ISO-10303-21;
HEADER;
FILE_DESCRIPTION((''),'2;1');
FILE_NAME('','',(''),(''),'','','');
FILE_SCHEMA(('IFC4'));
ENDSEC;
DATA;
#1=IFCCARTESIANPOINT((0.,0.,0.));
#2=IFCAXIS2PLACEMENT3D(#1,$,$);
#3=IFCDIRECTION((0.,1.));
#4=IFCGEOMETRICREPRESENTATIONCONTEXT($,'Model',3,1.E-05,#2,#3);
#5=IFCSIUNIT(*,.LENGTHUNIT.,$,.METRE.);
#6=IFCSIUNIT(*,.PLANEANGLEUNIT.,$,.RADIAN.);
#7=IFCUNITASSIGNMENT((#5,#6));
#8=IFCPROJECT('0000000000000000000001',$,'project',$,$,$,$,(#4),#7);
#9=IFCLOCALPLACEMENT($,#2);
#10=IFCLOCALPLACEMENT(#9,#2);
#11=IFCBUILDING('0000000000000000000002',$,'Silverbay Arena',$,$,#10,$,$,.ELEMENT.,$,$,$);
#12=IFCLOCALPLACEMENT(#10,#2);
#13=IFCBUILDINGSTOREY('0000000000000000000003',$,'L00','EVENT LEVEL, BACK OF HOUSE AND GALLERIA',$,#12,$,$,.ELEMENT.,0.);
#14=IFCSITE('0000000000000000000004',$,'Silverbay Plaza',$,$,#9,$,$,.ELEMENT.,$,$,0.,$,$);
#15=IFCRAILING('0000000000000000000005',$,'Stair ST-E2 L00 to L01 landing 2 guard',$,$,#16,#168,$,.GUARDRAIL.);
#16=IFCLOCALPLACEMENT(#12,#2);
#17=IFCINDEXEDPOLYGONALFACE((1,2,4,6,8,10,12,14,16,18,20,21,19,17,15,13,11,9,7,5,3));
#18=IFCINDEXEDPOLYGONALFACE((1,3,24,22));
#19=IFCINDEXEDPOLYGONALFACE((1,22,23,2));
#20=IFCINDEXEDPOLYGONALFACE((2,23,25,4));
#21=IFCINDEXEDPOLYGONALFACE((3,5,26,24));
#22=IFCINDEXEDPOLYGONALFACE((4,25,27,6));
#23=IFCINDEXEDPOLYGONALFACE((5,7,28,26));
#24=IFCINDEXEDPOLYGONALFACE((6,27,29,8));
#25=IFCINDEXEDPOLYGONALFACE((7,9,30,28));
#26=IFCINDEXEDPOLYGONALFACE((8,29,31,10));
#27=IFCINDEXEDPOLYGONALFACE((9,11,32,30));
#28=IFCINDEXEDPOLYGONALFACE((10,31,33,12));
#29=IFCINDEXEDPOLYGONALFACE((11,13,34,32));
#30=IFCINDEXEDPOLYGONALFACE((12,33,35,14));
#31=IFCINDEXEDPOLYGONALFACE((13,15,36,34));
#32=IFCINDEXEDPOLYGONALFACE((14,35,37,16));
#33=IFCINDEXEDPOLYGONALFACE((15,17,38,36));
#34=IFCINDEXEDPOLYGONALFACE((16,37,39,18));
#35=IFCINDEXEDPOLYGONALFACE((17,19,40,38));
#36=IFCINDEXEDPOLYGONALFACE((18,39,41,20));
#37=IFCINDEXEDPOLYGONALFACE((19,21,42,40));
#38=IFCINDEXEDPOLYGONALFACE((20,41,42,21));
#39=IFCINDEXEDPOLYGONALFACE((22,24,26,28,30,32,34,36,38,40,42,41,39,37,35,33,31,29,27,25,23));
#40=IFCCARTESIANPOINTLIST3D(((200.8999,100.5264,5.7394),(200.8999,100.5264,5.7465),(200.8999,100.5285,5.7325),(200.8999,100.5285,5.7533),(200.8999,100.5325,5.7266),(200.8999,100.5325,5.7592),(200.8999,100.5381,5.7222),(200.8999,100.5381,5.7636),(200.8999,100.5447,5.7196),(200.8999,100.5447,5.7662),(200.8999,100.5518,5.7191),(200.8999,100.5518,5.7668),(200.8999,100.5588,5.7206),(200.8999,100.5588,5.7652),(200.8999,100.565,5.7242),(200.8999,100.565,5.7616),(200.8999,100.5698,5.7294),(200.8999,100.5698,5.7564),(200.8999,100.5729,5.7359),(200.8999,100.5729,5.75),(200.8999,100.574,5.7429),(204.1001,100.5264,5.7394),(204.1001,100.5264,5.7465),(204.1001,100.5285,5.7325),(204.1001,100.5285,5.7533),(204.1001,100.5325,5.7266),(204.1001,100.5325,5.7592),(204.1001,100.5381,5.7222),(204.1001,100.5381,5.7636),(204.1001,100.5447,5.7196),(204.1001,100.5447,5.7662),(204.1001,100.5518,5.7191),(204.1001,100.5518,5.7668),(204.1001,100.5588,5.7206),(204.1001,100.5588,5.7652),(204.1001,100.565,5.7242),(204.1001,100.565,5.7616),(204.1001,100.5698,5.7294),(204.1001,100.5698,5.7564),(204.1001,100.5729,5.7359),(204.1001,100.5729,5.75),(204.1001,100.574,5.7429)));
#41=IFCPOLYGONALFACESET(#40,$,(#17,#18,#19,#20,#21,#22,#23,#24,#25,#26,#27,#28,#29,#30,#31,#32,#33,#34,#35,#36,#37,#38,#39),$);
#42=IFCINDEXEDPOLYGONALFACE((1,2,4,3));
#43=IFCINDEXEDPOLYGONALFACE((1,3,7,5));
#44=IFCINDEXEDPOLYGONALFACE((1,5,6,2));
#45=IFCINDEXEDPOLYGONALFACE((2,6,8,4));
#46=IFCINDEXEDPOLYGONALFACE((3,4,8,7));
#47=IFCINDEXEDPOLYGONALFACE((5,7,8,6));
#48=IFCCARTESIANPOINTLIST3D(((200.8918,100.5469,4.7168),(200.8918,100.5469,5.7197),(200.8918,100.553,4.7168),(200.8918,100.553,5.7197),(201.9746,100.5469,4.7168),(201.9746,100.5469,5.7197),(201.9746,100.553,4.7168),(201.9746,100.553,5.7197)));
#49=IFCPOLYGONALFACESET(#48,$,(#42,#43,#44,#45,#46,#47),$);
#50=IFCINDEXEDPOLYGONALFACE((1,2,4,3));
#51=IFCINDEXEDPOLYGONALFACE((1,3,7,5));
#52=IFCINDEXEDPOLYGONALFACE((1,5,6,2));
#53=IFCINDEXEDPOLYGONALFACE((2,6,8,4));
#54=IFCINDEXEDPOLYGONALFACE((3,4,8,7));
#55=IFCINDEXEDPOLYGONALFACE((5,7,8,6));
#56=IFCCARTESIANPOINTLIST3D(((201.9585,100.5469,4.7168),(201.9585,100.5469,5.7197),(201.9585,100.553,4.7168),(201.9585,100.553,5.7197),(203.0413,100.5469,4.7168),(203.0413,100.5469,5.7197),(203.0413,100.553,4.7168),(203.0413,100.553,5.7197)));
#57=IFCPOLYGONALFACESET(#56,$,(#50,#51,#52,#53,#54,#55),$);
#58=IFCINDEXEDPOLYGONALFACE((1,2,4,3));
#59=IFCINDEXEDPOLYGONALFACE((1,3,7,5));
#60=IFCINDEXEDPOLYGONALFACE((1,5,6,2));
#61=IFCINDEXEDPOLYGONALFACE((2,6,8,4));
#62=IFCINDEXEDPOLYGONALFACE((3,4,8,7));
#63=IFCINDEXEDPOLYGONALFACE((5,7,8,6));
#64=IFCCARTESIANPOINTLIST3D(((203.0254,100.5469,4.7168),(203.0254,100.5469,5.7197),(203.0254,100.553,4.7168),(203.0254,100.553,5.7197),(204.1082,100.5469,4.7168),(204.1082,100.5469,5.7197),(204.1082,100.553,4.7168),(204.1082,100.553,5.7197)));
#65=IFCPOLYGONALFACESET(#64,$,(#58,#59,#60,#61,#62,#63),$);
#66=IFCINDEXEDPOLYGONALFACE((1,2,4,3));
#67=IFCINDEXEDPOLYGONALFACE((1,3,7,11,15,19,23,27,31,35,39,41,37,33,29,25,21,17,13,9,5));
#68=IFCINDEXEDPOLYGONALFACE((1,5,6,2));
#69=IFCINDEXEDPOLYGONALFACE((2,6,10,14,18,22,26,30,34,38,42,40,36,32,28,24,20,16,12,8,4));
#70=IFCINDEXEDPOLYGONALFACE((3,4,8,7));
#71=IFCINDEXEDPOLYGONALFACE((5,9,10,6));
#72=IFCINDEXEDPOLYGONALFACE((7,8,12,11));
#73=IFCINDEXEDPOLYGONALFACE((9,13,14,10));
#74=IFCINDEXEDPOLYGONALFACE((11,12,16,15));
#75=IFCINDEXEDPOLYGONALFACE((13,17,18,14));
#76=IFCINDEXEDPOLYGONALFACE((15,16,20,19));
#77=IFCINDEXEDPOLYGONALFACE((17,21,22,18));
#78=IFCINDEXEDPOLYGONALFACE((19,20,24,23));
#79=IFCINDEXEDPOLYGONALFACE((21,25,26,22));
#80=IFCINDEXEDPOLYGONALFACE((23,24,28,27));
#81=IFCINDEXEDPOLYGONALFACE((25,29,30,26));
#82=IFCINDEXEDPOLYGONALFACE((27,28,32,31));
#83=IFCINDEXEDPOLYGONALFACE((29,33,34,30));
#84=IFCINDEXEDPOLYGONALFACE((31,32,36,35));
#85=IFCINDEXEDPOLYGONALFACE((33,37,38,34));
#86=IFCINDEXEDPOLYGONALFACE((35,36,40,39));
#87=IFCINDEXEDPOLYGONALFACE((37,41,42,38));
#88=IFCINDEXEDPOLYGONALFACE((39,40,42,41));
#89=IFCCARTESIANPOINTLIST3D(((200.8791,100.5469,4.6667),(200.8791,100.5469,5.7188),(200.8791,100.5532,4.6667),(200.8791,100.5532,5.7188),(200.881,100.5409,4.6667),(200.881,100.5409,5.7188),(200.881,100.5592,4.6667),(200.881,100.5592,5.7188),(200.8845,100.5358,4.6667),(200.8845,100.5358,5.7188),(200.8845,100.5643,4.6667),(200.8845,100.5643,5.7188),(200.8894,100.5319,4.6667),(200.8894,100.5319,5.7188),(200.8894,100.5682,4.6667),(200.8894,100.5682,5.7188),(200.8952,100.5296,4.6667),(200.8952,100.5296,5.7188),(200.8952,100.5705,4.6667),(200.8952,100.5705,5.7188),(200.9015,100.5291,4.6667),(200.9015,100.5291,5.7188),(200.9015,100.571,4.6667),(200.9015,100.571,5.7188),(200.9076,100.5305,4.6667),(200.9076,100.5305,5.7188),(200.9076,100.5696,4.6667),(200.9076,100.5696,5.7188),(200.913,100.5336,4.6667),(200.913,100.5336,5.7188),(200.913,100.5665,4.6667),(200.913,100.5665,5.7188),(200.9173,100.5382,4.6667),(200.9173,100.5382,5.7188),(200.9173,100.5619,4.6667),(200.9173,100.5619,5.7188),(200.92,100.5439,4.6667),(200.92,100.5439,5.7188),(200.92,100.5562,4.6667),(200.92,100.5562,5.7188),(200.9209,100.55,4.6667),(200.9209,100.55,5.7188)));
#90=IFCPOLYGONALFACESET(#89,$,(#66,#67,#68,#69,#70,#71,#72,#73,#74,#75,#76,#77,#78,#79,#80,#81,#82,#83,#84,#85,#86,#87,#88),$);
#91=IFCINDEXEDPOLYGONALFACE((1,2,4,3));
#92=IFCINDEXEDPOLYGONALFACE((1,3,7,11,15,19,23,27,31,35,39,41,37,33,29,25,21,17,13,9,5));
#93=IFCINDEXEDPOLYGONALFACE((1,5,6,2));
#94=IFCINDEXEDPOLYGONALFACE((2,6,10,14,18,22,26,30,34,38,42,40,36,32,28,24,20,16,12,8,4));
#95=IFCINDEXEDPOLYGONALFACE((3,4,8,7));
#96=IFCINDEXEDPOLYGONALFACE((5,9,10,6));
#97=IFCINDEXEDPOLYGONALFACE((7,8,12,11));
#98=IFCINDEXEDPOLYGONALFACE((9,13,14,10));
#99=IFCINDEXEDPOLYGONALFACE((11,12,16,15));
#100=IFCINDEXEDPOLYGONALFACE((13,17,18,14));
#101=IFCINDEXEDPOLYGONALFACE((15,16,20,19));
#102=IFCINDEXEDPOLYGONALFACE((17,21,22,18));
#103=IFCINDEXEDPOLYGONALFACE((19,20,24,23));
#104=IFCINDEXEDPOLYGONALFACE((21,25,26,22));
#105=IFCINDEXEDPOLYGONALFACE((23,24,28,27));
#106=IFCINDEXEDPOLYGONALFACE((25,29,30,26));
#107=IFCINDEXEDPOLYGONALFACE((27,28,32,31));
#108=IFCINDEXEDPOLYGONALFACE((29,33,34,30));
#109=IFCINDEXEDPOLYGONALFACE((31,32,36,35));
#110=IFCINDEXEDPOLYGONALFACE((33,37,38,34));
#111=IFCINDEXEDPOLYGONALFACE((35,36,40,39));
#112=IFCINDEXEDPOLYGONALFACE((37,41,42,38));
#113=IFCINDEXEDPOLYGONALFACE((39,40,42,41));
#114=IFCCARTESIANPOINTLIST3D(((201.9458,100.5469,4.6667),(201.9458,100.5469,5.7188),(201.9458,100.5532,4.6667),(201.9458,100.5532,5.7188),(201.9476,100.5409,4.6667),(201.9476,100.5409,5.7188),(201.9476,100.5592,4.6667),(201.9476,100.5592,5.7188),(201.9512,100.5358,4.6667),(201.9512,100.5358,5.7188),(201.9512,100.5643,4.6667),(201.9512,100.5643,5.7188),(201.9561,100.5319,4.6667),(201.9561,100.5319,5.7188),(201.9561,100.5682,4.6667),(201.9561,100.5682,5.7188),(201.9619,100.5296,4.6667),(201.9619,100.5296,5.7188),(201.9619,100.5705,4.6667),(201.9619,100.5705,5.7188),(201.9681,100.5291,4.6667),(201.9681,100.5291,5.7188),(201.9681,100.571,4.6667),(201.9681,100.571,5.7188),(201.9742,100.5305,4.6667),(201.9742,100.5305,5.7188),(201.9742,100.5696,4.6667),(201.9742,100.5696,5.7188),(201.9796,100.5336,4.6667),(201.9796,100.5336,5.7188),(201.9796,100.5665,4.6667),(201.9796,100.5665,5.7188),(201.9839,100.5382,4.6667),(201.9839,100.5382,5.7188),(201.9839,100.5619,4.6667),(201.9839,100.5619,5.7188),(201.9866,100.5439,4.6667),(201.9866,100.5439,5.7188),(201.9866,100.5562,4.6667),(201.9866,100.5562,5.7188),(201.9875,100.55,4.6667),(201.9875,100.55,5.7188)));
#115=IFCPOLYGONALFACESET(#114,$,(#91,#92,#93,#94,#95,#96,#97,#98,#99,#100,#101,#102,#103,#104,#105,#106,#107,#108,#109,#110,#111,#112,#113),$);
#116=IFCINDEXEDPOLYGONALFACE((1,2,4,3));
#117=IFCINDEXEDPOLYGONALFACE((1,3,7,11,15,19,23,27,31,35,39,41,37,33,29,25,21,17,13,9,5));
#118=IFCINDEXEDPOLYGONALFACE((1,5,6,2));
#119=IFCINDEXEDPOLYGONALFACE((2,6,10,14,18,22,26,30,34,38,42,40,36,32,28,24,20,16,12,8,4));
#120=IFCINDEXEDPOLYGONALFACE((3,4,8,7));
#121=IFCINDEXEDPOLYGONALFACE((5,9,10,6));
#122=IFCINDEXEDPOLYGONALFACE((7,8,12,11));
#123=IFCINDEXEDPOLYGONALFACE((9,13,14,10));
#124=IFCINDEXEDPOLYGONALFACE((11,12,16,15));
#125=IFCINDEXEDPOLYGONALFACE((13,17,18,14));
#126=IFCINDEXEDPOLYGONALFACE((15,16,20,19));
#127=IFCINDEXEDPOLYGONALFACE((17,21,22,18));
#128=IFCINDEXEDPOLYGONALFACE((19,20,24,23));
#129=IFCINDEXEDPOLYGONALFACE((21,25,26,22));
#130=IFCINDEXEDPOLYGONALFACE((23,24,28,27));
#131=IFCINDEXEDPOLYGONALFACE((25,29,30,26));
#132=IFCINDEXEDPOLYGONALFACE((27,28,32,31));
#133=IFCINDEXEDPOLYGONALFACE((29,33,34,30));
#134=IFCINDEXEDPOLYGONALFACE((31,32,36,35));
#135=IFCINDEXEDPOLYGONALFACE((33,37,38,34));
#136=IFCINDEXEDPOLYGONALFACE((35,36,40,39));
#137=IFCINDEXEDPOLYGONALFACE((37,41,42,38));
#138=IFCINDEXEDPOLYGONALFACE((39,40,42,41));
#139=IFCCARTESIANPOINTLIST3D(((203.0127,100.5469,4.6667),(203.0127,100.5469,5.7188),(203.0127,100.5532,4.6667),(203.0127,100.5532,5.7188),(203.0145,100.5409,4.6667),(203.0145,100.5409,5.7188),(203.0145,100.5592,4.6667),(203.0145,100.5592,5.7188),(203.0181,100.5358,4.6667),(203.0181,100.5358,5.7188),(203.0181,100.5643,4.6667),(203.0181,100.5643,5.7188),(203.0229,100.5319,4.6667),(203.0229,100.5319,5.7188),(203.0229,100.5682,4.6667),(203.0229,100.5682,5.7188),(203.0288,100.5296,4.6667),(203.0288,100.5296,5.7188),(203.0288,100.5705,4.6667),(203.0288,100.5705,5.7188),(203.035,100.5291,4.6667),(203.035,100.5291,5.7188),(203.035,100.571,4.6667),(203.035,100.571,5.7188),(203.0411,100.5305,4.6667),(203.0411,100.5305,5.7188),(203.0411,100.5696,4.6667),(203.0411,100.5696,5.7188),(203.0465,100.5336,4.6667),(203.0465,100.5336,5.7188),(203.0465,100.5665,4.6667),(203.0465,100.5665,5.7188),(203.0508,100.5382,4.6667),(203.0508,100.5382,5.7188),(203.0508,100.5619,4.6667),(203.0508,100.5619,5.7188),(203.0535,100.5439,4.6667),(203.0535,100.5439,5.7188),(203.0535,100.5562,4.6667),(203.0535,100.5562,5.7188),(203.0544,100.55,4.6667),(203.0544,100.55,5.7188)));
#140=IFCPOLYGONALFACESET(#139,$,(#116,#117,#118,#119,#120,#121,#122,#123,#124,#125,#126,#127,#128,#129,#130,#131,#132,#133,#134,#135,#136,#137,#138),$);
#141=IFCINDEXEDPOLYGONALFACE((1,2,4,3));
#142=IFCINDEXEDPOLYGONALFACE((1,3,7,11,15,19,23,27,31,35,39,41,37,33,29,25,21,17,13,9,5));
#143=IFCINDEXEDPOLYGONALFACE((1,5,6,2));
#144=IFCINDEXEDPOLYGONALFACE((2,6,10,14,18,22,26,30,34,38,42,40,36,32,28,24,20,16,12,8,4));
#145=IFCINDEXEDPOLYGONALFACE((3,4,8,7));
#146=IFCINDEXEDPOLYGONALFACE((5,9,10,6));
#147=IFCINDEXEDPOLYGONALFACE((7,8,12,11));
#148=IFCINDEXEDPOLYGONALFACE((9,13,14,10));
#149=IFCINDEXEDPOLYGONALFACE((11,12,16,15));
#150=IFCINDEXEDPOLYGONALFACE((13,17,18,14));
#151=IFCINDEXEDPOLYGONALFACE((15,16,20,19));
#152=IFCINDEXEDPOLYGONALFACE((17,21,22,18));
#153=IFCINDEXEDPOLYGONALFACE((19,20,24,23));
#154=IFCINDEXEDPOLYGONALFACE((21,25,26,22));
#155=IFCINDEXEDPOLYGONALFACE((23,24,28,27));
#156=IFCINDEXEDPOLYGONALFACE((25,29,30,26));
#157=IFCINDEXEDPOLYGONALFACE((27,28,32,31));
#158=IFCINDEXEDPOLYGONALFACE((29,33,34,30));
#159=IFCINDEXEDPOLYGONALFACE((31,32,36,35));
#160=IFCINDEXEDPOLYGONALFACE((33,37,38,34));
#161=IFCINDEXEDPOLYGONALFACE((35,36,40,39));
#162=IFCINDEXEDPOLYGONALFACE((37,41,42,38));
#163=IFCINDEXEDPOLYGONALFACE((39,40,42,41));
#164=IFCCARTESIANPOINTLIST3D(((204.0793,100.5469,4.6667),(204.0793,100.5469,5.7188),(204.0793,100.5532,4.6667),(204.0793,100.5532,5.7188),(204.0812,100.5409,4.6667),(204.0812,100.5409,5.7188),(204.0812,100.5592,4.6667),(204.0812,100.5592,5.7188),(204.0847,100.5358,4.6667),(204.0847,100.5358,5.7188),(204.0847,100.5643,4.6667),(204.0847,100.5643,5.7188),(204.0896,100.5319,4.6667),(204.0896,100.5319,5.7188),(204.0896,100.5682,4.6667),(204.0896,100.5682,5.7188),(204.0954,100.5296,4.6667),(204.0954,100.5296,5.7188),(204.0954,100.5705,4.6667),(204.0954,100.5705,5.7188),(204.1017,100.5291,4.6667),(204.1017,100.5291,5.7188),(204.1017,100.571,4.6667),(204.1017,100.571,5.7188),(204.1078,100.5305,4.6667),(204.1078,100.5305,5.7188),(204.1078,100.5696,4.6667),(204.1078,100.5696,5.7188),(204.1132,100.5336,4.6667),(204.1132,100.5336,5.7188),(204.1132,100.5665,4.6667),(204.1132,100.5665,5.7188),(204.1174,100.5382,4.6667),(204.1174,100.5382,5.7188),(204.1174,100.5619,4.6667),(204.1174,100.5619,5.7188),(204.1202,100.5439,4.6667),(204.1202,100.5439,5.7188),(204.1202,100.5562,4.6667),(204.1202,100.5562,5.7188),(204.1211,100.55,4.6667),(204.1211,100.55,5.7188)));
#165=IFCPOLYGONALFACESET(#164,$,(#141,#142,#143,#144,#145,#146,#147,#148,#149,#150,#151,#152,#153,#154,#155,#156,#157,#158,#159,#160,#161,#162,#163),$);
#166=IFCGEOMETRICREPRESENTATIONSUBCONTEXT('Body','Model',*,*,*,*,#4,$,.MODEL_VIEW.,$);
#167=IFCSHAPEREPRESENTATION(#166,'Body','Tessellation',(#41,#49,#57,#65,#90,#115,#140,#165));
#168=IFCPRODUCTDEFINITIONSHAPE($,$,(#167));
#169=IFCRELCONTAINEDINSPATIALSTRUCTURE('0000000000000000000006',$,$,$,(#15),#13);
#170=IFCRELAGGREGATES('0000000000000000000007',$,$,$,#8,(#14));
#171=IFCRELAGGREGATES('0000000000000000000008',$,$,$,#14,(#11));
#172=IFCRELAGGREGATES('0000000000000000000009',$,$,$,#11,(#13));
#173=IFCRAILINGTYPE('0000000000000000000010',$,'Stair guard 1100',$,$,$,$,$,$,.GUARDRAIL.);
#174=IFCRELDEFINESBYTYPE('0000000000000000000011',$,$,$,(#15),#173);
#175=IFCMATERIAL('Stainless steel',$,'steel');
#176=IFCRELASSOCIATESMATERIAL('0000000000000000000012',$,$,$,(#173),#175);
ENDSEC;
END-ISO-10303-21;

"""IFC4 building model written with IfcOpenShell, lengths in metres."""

from ifc_helpers import new_model, si_unit, direction, frame, origin, origin_2d, place, context, subcontext, project, spatial, polyline, circle, outline, extrude, material, type_object, element, save


model = new_model("IFC4")

# Units and contexts
model_context = context("Model", 3, precision=1e-05, world=origin(), true_north=direction((0.0, 1.0)))
body_context = subcontext(model_context, "Body", "Model", "MODEL_VIEW")
ifc_project = project(units=[si_unit("LENGTHUNIT", "METRE"), si_unit("PLANEANGLEUNIT", "RADIAN")], contexts=[model_context])

# Site, building, storey
site_placement = place(None, origin())
site = spatial("IfcSite", under=ifc_project, at=site_placement, Name="Silverbay Plaza", CompositionType="ELEMENT", RefElevation=0.0)
building_placement = place(site_placement, origin())
building = spatial("IfcBuilding", under=site, at=building_placement, Name="Silverbay Arena", CompositionType="ELEMENT")
storey_placement = place(building_placement, origin())
storey = spatial("IfcBuildingStorey", under=building, at=storey_placement, Name="L00", Description="EVENT LEVEL, BACK OF HOUSE AND GALLERIA", CompositionType="ELEMENT", Elevation=0.0)

# Railing
ifc_material_1 = material(Name="Stainless steel", Category="steel")
railing_type_1 = type_object("IfcRailingType", Name="Stair guard 1100", PredefinedType="GUARDRAIL", material=ifc_material_1)
for number, where, name in (
    (1, (200.8999, 100.55, 4.6667), "Stair ST-E2 L00 to L01 landing 2 guard"),
):
    element("IfcRailing", number, at=place(storey_placement, frame(where)), inside=storey, type_object=railing_type_1, Name=name, PredefinedType="GUARDRAIL", context=body_context, shape_type="SweptSolid", body=[
        extrude(circle(Radius=0.0239, at=origin_2d()), frame((0.0, 0.0, 1.0762), z_axis=(1.0, 0.0, 0.0), x_axis=(0.0, 1.0, 0.0)), (0.0, 0.0, 1.0), 3.2002),
        extrude(outline(polyline([(-0.0081, 0.05), (1.0747, 0.05), (1.0747, 1.053), (-0.0081, 1.053), (-0.0081, 0.05)])), frame((0.0, 0.0029, 0.0), z_axis=(0.0, -1.0, 0.0), x_axis=(1.0, 0.0, 0.0)), (0.0, 0.0, 1.0), 0.0061),
        extrude(outline(polyline([(-0.0081, 0.05), (1.0747, 0.05), (1.0747, 1.053), (-0.0081, 1.053), (-0.0081, 0.05)])), frame((1.0667, 0.0029, 0.0), z_axis=(0.0, -1.0, 0.0), x_axis=(1.0, 0.0, 0.0)), (0.0, 0.0, 1.0), 0.0061),
        extrude(outline(polyline([(-0.0081, 0.05), (1.0747, 0.05), (1.0747, 1.053), (-0.0081, 1.053), (-0.0081, 0.05)])), frame((2.1335, 0.0029, 0.0), z_axis=(0.0, -1.0, 0.0), x_axis=(1.0, 0.0, 0.0)), (0.0, 0.0, 1.0), 0.0061),
        extrude(circle(Radius=0.021, at=origin_2d()), origin(), (0.0, 0.0, 1.0), 1.052),
        extrude(circle(Radius=0.021, at=origin_2d()), frame((1.0667, 0.0, 0.0)), (0.0, 0.0, 1.0), 1.052),
        extrude(circle(Radius=0.021, at=origin_2d()), frame((2.1335, 0.0, 0.0)), (0.0, 0.0, 1.0), 1.052),
        extrude(circle(Radius=0.021, at=origin_2d()), frame((3.2002, 0.0, 0.0)), (0.0, 0.0, 1.0), 1.052),
    ])

save(model, "model.ifc")
